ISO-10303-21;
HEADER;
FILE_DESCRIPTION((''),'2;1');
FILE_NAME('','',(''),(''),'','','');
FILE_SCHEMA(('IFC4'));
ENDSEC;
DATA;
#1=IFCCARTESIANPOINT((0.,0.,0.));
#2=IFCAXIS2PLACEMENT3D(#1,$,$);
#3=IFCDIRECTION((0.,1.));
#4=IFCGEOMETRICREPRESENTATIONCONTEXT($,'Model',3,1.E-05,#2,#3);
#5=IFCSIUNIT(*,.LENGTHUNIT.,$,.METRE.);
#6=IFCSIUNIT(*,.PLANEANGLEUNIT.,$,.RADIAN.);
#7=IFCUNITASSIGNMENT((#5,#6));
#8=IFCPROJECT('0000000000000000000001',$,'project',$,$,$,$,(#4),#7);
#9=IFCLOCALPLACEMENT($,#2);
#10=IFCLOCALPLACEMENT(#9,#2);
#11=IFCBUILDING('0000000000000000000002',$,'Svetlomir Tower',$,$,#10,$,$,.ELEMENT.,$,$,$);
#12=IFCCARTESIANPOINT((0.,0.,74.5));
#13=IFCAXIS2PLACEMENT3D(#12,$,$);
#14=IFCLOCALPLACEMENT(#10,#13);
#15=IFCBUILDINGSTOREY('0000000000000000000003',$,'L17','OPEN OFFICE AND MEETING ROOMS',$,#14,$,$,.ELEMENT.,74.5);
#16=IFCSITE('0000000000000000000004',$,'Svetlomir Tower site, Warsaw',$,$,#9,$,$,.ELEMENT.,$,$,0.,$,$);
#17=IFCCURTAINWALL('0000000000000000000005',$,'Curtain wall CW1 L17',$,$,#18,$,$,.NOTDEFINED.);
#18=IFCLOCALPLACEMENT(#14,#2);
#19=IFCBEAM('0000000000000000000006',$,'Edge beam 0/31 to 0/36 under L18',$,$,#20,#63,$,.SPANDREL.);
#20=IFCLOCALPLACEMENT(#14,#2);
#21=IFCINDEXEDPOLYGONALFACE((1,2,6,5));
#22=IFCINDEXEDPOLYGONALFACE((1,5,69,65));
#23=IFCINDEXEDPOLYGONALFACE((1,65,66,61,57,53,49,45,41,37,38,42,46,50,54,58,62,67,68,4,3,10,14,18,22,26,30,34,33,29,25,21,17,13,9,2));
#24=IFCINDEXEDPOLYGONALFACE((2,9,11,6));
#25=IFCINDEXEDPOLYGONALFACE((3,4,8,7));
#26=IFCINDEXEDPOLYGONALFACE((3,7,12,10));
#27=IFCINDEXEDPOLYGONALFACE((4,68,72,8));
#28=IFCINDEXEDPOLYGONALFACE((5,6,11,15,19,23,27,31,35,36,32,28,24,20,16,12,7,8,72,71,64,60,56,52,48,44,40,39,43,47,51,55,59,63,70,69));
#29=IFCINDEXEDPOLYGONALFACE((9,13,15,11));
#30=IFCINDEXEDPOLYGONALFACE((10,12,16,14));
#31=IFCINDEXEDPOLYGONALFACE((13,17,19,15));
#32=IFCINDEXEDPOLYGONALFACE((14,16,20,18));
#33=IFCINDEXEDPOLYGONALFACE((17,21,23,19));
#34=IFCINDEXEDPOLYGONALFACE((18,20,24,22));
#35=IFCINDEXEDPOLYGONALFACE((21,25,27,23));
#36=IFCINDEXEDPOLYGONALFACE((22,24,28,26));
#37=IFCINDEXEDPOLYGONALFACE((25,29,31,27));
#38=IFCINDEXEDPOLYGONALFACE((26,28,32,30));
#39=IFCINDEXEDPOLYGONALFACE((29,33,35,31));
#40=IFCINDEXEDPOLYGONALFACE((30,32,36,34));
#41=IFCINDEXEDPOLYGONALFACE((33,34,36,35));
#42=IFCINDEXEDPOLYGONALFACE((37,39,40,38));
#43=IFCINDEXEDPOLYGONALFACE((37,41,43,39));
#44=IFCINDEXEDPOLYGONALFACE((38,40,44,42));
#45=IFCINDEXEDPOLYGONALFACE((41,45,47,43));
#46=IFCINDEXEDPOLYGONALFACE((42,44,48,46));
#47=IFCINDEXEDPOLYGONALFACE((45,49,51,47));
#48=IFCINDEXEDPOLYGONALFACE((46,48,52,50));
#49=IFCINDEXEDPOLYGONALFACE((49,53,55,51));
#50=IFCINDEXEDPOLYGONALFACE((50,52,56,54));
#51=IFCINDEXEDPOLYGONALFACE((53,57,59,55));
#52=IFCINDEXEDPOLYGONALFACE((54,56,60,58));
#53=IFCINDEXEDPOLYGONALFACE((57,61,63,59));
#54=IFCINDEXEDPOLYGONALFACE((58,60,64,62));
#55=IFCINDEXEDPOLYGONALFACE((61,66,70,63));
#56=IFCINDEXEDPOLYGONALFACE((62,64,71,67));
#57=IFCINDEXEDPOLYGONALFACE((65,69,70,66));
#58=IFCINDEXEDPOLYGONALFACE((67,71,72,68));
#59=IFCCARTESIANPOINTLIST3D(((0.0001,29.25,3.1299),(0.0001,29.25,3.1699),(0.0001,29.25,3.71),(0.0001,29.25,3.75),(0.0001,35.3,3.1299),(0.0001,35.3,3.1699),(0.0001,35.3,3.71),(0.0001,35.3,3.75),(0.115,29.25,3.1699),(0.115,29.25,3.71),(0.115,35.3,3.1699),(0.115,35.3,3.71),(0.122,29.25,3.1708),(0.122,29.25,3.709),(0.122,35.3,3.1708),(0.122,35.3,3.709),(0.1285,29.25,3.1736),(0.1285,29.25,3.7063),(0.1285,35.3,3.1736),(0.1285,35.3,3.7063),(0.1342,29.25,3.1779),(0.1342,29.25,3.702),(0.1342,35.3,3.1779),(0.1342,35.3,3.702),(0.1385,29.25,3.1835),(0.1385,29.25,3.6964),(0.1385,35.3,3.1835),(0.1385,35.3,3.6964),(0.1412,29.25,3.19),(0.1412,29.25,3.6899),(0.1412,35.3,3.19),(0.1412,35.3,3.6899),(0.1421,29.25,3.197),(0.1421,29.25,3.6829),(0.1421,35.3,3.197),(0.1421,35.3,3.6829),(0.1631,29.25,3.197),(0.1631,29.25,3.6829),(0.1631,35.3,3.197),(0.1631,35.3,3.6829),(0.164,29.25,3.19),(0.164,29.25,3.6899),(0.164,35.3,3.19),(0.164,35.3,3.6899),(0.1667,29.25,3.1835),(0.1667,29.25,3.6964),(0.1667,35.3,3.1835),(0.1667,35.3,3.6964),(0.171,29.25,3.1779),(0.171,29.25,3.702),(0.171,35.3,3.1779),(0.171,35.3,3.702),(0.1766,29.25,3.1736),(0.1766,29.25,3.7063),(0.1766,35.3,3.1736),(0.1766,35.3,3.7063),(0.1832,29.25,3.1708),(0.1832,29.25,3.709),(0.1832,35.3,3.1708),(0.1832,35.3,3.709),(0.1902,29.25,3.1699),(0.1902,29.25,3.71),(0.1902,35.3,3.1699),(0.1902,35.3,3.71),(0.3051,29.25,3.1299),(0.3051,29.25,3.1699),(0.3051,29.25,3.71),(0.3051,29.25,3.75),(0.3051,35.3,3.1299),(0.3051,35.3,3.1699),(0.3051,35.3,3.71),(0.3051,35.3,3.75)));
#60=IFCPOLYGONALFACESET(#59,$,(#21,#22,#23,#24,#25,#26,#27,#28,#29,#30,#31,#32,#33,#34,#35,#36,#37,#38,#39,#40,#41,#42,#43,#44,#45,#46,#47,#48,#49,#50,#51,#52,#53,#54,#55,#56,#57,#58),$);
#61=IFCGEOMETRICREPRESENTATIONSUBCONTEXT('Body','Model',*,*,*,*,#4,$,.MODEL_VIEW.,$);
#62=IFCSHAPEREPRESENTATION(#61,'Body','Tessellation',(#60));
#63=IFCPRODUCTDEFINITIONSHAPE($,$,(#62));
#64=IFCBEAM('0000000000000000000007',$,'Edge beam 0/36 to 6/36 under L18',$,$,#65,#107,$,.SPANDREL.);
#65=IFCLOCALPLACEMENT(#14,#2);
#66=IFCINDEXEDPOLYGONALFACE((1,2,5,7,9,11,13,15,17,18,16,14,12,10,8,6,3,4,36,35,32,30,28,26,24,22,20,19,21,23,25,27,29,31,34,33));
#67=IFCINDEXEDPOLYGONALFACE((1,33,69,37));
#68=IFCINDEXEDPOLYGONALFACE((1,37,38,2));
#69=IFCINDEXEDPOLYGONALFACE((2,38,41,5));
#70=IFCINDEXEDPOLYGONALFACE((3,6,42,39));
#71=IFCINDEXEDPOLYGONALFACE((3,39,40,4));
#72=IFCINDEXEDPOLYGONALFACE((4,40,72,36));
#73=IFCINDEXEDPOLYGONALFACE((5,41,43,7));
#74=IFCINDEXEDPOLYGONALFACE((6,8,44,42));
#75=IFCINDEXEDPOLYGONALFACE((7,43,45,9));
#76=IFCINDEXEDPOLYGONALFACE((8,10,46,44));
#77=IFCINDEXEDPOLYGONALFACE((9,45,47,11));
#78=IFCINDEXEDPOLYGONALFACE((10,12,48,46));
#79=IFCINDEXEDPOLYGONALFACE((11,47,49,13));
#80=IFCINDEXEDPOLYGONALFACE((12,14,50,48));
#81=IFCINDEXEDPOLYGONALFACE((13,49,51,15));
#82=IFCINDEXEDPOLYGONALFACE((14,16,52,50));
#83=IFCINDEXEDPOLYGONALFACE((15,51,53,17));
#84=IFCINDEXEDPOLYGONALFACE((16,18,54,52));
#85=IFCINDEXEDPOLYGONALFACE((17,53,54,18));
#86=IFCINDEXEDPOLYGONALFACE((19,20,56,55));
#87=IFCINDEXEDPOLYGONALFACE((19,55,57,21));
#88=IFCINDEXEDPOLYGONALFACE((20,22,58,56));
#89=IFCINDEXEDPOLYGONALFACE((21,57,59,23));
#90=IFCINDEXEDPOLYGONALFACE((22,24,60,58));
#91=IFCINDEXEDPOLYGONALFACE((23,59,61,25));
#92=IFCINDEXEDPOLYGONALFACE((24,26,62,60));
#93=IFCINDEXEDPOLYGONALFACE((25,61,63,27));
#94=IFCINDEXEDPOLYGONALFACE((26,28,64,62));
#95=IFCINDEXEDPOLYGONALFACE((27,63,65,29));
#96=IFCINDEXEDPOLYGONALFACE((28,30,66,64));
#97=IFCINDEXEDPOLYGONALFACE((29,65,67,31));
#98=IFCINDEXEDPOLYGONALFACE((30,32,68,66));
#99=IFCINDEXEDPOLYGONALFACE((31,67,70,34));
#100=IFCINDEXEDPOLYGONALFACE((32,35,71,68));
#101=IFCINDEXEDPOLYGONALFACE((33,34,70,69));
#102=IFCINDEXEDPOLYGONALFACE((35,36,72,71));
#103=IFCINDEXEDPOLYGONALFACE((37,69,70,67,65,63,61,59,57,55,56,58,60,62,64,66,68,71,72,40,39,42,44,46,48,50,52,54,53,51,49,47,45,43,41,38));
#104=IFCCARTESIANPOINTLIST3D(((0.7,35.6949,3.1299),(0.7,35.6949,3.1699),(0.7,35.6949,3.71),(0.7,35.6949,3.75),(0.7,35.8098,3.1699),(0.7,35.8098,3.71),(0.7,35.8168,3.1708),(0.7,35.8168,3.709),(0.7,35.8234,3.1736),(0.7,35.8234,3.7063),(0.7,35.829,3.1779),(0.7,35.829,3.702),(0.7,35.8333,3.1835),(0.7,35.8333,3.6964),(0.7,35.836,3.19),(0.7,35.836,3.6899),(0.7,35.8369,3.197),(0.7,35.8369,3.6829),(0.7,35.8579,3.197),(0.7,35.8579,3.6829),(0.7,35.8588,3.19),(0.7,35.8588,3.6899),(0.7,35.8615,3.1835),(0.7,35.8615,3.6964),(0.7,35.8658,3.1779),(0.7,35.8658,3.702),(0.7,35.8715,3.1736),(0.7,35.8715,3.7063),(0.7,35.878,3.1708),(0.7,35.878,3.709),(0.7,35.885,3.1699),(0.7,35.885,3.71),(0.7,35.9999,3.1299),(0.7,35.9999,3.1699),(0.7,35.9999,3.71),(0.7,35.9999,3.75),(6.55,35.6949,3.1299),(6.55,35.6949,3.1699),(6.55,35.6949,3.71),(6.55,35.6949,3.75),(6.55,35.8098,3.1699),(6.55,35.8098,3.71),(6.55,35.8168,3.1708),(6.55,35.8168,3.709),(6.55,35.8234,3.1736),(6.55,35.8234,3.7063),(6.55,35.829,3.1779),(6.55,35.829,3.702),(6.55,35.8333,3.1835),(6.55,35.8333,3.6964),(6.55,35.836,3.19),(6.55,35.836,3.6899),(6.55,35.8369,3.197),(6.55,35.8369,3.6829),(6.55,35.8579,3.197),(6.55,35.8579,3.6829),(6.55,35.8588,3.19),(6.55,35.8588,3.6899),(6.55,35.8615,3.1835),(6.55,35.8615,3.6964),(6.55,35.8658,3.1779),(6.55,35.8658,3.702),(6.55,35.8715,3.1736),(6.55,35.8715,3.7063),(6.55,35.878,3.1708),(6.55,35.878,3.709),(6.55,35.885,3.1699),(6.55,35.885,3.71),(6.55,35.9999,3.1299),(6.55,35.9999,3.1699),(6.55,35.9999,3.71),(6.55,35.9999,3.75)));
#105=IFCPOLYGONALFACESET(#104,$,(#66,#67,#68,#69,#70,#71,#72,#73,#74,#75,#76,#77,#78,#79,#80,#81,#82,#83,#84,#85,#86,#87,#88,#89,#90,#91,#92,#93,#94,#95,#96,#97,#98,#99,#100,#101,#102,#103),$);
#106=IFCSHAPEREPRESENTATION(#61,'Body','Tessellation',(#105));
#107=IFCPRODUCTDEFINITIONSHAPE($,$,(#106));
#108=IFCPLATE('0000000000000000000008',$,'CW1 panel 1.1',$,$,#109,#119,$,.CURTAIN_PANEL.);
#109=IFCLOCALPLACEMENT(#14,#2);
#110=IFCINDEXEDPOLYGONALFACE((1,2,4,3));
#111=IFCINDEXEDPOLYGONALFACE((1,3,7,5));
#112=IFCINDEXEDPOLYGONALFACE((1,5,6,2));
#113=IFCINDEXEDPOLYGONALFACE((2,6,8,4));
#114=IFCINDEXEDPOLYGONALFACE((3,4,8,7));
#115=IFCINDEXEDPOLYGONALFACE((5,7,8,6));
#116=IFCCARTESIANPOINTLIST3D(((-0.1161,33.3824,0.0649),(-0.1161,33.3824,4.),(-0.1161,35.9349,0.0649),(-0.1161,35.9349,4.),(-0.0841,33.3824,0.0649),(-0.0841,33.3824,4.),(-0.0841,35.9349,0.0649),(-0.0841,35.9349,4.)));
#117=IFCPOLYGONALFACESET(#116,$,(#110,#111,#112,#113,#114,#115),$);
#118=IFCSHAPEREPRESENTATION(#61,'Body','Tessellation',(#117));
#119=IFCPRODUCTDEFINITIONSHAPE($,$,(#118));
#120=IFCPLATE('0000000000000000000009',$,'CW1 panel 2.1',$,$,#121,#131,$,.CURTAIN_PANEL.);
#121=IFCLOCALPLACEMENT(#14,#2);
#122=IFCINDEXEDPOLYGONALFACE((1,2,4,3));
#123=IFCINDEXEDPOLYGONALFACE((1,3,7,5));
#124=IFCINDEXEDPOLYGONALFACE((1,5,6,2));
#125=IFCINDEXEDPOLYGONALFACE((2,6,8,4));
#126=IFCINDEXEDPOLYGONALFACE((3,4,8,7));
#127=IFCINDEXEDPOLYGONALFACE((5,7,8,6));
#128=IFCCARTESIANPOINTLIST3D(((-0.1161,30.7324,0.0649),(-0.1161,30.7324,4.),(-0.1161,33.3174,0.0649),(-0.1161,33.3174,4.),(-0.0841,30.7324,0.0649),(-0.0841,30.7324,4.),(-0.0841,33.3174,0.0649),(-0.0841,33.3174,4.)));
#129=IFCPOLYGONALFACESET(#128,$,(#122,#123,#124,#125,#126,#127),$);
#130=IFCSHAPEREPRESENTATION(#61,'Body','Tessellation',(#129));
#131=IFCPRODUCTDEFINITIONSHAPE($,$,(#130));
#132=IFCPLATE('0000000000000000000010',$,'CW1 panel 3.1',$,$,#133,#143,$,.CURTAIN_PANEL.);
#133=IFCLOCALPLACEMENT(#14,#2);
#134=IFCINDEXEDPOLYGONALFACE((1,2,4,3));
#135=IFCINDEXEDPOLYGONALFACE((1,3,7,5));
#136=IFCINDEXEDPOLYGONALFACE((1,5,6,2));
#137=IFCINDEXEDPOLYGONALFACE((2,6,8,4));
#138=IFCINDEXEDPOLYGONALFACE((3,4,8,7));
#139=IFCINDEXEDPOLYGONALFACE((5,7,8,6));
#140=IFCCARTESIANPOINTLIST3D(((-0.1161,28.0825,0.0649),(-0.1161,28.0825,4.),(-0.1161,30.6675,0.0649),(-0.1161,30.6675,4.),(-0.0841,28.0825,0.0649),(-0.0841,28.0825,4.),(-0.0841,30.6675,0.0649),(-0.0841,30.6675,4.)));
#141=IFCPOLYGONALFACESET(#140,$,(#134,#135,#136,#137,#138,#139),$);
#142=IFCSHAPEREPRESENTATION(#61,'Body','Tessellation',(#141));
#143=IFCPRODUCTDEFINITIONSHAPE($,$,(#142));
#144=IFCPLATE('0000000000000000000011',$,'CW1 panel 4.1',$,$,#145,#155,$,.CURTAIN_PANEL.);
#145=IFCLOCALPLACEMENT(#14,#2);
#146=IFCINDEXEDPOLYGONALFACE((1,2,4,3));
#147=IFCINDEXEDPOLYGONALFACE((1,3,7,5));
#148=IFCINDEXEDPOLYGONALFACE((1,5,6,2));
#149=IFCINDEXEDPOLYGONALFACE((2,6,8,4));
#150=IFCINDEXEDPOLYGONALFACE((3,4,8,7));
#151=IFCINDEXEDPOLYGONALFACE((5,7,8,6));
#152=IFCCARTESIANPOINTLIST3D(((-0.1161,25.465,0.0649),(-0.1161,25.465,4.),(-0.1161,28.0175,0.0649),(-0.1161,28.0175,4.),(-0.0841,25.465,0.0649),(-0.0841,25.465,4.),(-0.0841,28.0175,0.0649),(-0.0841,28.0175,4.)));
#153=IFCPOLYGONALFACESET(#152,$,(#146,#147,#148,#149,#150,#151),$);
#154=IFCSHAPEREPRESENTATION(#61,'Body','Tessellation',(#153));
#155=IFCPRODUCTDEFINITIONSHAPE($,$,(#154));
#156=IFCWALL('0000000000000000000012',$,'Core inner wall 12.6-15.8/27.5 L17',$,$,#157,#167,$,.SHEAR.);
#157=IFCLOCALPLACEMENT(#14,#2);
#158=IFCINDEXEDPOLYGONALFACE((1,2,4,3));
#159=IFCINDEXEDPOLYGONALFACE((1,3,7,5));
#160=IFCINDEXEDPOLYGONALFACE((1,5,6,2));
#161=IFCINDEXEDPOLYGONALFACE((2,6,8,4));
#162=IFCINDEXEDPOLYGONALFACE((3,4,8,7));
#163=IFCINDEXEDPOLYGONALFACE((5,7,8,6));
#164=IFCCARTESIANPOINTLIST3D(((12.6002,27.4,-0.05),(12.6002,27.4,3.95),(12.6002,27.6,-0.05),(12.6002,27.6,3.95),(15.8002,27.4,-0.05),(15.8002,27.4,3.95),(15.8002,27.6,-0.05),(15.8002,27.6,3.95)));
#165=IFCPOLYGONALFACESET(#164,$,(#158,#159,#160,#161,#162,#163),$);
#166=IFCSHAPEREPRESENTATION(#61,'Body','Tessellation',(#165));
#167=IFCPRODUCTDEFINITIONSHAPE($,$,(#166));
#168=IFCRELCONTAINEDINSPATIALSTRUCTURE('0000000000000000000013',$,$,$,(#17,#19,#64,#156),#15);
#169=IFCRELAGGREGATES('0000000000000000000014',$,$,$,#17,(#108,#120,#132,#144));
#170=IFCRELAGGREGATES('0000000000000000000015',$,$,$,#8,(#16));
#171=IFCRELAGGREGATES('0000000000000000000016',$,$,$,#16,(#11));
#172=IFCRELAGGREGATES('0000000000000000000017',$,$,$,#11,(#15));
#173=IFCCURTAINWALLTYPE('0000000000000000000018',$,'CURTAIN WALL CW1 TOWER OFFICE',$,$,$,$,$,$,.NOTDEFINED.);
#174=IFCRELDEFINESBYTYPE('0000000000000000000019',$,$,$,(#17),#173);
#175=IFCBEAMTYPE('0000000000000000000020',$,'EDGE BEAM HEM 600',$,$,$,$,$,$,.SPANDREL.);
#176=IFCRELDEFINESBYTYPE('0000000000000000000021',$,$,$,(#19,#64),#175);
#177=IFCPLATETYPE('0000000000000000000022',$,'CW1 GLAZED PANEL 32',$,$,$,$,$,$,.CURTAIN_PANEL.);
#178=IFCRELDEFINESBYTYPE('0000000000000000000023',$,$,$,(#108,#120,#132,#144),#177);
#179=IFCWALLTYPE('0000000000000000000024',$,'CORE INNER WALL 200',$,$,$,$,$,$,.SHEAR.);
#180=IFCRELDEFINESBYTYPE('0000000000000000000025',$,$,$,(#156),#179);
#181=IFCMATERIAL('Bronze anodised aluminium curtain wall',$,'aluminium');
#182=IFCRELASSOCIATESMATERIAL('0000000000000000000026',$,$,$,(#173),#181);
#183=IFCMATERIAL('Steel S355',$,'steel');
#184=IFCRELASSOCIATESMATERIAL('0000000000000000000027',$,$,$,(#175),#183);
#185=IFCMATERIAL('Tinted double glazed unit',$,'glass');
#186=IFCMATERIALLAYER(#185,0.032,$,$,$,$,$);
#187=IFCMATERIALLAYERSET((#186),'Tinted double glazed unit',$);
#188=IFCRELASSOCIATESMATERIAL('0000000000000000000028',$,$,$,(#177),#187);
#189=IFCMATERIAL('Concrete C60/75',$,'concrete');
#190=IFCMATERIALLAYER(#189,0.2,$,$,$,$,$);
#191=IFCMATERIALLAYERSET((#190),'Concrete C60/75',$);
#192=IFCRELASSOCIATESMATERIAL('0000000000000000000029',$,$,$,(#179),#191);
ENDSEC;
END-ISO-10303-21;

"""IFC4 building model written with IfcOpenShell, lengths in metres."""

from ifc_helpers import new_model, si_unit, direction, frame, frame_2d, origin, origin_2d, place, context, subcontext, project, spatial, rectangle, i_section, extrude, material, layer, layer_set, material_profile, profile_set, type_object, element, aggregate, save


model = new_model("IFC4")

# Units and contexts
model_context = context("Model", 3, precision=1e-05, world=origin(), true_north=direction((0.0, 1.0)))
body_context = subcontext(model_context, "Body", "Model", "MODEL_VIEW")
ifc_project = project(units=[si_unit("LENGTHUNIT", "METRE"), si_unit("PLANEANGLEUNIT", "RADIAN")], contexts=[model_context])

# Site, building, storey
site_placement = place(None, origin())
site = spatial("IfcSite", under=ifc_project, at=site_placement, Name="Svetlomir Tower site, Warsaw", CompositionType="ELEMENT", RefElevation=0.0)
building_placement = place(site_placement, origin())
building = spatial("IfcBuilding", under=site, at=building_placement, Name="Svetlomir Tower", CompositionType="ELEMENT")
storey_placement = place(building_placement, frame((0.0, 0.0, 74.5)))
storey = spatial("IfcBuildingStorey", under=building, at=storey_placement, Name="L17", Description="OPEN OFFICE AND MEETING ROOMS", CompositionType="ELEMENT", Elevation=74.5)

# Curtain wall
ifc_material_1 = material(Name="Bronze anodised aluminium curtain wall", Category="aluminium")
curtain_wall_type = type_object("IfcCurtainWallType", Name="CURTAIN WALL CW1 TOWER OFFICE", PredefinedType="NOTDEFINED", material=ifc_material_1)
curtain_wall_placement = place(storey_placement, origin())
curtain_wall = element("IfcCurtainWall", 1, at=curtain_wall_placement, inside=storey, type_object=curtain_wall_type, Name="Curtain wall CW1 L17", PredefinedType="NOTDEFINED")

# Beams
ifc_material_2 = material(Name="Steel S355", Category="steel")
ifc_material_profile_1 = material_profile(ifc_material_2, i_section(OverallWidth=0.3049, OverallDepth=0.6201, WebThickness=0.021, FlangeThickness=0.04, FilletRadius=0.0271, at=origin_2d()), Name="HEM 600")
ifc_profile_set_1 = profile_set([ifc_material_profile_1], Name="Steel S355")
beam_type = type_object("IfcBeamType", Name="EDGE BEAM HEM 600", PredefinedType="SPANDREL", material=ifc_profile_set_1)
beam_1_placement = place(storey_placement, frame((0.1526, 29.25, 3.4399), z_axis=(0.0, 1.0, 0.0), x_axis=(-1.0, 0.0, 0.0)))
element("IfcBeam", 2, at=beam_1_placement, inside=storey, type_object=beam_type, Name="Edge beam 0/31 to 0/36 under L18", PredefinedType="SPANDREL", context=body_context, shape_type="SweptSolid", body=[
    extrude(i_section(OverallWidth=0.3049, OverallDepth=0.6201, WebThickness=0.021, FlangeThickness=0.04, FilletRadius=0.0271, at=origin_2d()), origin(), (0.0, 0.0, 1.0), 6.05),
])
beam_2_placement = place(storey_placement, frame((0.7, 35.8474, 3.4399), z_axis=(1.0, 0.0, 0.0), x_axis=(0.0, 1.0, 0.0)))
element("IfcBeam", 3, at=beam_2_placement, inside=storey, type_object=beam_type, Name="Edge beam 0/36 to 6/36 under L18", PredefinedType="SPANDREL", context=body_context, shape_type="SweptSolid", body=[
    extrude(i_section(OverallWidth=0.3049, OverallDepth=0.6201, WebThickness=0.021, FlangeThickness=0.04, FilletRadius=0.0271, at=origin_2d()), origin(), (0.0, 0.0, 1.0), 5.8501),
])

# Plates
ifc_material_3 = material(Name="Tinted double glazed unit", Category="glass")
ifc_layer_1 = layer(ifc_material_3, 0.032)
ifc_layer_set_1 = layer_set([ifc_layer_1], Name="Tinted double glazed unit")
plate_type = type_object("IfcPlateType", Name="CW1 GLAZED PANEL 32", PredefinedType="CURTAIN_PANEL", material=ifc_layer_set_1)
plate_1_placement = place(storey_placement, frame((-0.1001, 34.6587, 0.0649), z_axis=(0.0, 0.0, 1.0), x_axis=(0.0, -1.0, 0.0)))
plate_1 = element("IfcPlate", 4, at=plate_1_placement, type_object=plate_type, Name="CW1 panel 1.1", PredefinedType="CURTAIN_PANEL", context=body_context, shape_type="SweptSolid", body=[
    extrude(rectangle(XDim=2.5525, YDim=0.032, at=origin_2d()), origin(), (0.0, 0.0, 1.0), 3.9351),
])
plate_2_placement = place(storey_placement, frame((-0.1001, 32.0249, 0.0649), z_axis=(0.0, 0.0, 1.0), x_axis=(0.0, -1.0, 0.0)))
plate_2 = element("IfcPlate", 5, at=plate_2_placement, type_object=plate_type, Name="CW1 panel 2.1", PredefinedType="CURTAIN_PANEL", context=body_context, shape_type="SweptSolid", body=[
    extrude(rectangle(XDim=2.585, YDim=0.032, at=origin_2d()), origin(), (0.0, 0.0, 1.0), 3.9351),
])
plate_3_placement = place(storey_placement, frame((-0.1001, 29.375, 0.0649), z_axis=(0.0, 0.0, 1.0), x_axis=(0.0, -1.0, 0.0)))
plate_3 = element("IfcPlate", 6, at=plate_3_placement, type_object=plate_type, Name="CW1 panel 3.1", PredefinedType="CURTAIN_PANEL", context=body_context, shape_type="SweptSolid", body=[
    extrude(rectangle(XDim=2.585, YDim=0.032, at=origin_2d()), origin(), (0.0, 0.0, 1.0), 3.9351),
])
plate_4_placement = place(storey_placement, frame((-0.1001, 26.7412, 0.0649), z_axis=(0.0, 0.0, 1.0), x_axis=(0.0, -1.0, 0.0)))
plate_4 = element("IfcPlate", 7, at=plate_4_placement, type_object=plate_type, Name="CW1 panel 4.1", PredefinedType="CURTAIN_PANEL", context=body_context, shape_type="SweptSolid", body=[
    extrude(rectangle(XDim=2.5525, YDim=0.032, at=origin_2d()), origin(), (0.0, 0.0, 1.0), 3.9351),
])
aggregate(curtain_wall, [plate_1, plate_2, plate_3, plate_4])

# Wall
ifc_material_4 = material(Name="Concrete C60/75", Category="concrete")
ifc_layer_2 = layer(ifc_material_4, 0.2)
ifc_layer_set_2 = layer_set([ifc_layer_2], Name="Concrete C60/75")
wall_type_1 = type_object("IfcWallType", Name="CORE INNER WALL 200", PredefinedType="SHEAR", material=ifc_layer_set_2)
wall_1_placement = place(storey_placement, frame((12.6001, 27.5, -0.05), z_axis=(0.0, 0.0, 1.0), x_axis=(1.0, 0.0, 0.0)))
element("IfcWall", 8, at=wall_1_placement, inside=storey, type_object=wall_type_1, Name="Core inner wall 12.6-15.8/27.5 L17", PredefinedType="SHEAR", context=body_context, shape_type="SweptSolid", body=[
    extrude(rectangle(XDim=3.2, YDim=0.2, at=frame_2d((1.6001, 0.0))), origin(), (0.0, 0.0, 1.0), 4.0),
])

save(model, "model.ifc")
